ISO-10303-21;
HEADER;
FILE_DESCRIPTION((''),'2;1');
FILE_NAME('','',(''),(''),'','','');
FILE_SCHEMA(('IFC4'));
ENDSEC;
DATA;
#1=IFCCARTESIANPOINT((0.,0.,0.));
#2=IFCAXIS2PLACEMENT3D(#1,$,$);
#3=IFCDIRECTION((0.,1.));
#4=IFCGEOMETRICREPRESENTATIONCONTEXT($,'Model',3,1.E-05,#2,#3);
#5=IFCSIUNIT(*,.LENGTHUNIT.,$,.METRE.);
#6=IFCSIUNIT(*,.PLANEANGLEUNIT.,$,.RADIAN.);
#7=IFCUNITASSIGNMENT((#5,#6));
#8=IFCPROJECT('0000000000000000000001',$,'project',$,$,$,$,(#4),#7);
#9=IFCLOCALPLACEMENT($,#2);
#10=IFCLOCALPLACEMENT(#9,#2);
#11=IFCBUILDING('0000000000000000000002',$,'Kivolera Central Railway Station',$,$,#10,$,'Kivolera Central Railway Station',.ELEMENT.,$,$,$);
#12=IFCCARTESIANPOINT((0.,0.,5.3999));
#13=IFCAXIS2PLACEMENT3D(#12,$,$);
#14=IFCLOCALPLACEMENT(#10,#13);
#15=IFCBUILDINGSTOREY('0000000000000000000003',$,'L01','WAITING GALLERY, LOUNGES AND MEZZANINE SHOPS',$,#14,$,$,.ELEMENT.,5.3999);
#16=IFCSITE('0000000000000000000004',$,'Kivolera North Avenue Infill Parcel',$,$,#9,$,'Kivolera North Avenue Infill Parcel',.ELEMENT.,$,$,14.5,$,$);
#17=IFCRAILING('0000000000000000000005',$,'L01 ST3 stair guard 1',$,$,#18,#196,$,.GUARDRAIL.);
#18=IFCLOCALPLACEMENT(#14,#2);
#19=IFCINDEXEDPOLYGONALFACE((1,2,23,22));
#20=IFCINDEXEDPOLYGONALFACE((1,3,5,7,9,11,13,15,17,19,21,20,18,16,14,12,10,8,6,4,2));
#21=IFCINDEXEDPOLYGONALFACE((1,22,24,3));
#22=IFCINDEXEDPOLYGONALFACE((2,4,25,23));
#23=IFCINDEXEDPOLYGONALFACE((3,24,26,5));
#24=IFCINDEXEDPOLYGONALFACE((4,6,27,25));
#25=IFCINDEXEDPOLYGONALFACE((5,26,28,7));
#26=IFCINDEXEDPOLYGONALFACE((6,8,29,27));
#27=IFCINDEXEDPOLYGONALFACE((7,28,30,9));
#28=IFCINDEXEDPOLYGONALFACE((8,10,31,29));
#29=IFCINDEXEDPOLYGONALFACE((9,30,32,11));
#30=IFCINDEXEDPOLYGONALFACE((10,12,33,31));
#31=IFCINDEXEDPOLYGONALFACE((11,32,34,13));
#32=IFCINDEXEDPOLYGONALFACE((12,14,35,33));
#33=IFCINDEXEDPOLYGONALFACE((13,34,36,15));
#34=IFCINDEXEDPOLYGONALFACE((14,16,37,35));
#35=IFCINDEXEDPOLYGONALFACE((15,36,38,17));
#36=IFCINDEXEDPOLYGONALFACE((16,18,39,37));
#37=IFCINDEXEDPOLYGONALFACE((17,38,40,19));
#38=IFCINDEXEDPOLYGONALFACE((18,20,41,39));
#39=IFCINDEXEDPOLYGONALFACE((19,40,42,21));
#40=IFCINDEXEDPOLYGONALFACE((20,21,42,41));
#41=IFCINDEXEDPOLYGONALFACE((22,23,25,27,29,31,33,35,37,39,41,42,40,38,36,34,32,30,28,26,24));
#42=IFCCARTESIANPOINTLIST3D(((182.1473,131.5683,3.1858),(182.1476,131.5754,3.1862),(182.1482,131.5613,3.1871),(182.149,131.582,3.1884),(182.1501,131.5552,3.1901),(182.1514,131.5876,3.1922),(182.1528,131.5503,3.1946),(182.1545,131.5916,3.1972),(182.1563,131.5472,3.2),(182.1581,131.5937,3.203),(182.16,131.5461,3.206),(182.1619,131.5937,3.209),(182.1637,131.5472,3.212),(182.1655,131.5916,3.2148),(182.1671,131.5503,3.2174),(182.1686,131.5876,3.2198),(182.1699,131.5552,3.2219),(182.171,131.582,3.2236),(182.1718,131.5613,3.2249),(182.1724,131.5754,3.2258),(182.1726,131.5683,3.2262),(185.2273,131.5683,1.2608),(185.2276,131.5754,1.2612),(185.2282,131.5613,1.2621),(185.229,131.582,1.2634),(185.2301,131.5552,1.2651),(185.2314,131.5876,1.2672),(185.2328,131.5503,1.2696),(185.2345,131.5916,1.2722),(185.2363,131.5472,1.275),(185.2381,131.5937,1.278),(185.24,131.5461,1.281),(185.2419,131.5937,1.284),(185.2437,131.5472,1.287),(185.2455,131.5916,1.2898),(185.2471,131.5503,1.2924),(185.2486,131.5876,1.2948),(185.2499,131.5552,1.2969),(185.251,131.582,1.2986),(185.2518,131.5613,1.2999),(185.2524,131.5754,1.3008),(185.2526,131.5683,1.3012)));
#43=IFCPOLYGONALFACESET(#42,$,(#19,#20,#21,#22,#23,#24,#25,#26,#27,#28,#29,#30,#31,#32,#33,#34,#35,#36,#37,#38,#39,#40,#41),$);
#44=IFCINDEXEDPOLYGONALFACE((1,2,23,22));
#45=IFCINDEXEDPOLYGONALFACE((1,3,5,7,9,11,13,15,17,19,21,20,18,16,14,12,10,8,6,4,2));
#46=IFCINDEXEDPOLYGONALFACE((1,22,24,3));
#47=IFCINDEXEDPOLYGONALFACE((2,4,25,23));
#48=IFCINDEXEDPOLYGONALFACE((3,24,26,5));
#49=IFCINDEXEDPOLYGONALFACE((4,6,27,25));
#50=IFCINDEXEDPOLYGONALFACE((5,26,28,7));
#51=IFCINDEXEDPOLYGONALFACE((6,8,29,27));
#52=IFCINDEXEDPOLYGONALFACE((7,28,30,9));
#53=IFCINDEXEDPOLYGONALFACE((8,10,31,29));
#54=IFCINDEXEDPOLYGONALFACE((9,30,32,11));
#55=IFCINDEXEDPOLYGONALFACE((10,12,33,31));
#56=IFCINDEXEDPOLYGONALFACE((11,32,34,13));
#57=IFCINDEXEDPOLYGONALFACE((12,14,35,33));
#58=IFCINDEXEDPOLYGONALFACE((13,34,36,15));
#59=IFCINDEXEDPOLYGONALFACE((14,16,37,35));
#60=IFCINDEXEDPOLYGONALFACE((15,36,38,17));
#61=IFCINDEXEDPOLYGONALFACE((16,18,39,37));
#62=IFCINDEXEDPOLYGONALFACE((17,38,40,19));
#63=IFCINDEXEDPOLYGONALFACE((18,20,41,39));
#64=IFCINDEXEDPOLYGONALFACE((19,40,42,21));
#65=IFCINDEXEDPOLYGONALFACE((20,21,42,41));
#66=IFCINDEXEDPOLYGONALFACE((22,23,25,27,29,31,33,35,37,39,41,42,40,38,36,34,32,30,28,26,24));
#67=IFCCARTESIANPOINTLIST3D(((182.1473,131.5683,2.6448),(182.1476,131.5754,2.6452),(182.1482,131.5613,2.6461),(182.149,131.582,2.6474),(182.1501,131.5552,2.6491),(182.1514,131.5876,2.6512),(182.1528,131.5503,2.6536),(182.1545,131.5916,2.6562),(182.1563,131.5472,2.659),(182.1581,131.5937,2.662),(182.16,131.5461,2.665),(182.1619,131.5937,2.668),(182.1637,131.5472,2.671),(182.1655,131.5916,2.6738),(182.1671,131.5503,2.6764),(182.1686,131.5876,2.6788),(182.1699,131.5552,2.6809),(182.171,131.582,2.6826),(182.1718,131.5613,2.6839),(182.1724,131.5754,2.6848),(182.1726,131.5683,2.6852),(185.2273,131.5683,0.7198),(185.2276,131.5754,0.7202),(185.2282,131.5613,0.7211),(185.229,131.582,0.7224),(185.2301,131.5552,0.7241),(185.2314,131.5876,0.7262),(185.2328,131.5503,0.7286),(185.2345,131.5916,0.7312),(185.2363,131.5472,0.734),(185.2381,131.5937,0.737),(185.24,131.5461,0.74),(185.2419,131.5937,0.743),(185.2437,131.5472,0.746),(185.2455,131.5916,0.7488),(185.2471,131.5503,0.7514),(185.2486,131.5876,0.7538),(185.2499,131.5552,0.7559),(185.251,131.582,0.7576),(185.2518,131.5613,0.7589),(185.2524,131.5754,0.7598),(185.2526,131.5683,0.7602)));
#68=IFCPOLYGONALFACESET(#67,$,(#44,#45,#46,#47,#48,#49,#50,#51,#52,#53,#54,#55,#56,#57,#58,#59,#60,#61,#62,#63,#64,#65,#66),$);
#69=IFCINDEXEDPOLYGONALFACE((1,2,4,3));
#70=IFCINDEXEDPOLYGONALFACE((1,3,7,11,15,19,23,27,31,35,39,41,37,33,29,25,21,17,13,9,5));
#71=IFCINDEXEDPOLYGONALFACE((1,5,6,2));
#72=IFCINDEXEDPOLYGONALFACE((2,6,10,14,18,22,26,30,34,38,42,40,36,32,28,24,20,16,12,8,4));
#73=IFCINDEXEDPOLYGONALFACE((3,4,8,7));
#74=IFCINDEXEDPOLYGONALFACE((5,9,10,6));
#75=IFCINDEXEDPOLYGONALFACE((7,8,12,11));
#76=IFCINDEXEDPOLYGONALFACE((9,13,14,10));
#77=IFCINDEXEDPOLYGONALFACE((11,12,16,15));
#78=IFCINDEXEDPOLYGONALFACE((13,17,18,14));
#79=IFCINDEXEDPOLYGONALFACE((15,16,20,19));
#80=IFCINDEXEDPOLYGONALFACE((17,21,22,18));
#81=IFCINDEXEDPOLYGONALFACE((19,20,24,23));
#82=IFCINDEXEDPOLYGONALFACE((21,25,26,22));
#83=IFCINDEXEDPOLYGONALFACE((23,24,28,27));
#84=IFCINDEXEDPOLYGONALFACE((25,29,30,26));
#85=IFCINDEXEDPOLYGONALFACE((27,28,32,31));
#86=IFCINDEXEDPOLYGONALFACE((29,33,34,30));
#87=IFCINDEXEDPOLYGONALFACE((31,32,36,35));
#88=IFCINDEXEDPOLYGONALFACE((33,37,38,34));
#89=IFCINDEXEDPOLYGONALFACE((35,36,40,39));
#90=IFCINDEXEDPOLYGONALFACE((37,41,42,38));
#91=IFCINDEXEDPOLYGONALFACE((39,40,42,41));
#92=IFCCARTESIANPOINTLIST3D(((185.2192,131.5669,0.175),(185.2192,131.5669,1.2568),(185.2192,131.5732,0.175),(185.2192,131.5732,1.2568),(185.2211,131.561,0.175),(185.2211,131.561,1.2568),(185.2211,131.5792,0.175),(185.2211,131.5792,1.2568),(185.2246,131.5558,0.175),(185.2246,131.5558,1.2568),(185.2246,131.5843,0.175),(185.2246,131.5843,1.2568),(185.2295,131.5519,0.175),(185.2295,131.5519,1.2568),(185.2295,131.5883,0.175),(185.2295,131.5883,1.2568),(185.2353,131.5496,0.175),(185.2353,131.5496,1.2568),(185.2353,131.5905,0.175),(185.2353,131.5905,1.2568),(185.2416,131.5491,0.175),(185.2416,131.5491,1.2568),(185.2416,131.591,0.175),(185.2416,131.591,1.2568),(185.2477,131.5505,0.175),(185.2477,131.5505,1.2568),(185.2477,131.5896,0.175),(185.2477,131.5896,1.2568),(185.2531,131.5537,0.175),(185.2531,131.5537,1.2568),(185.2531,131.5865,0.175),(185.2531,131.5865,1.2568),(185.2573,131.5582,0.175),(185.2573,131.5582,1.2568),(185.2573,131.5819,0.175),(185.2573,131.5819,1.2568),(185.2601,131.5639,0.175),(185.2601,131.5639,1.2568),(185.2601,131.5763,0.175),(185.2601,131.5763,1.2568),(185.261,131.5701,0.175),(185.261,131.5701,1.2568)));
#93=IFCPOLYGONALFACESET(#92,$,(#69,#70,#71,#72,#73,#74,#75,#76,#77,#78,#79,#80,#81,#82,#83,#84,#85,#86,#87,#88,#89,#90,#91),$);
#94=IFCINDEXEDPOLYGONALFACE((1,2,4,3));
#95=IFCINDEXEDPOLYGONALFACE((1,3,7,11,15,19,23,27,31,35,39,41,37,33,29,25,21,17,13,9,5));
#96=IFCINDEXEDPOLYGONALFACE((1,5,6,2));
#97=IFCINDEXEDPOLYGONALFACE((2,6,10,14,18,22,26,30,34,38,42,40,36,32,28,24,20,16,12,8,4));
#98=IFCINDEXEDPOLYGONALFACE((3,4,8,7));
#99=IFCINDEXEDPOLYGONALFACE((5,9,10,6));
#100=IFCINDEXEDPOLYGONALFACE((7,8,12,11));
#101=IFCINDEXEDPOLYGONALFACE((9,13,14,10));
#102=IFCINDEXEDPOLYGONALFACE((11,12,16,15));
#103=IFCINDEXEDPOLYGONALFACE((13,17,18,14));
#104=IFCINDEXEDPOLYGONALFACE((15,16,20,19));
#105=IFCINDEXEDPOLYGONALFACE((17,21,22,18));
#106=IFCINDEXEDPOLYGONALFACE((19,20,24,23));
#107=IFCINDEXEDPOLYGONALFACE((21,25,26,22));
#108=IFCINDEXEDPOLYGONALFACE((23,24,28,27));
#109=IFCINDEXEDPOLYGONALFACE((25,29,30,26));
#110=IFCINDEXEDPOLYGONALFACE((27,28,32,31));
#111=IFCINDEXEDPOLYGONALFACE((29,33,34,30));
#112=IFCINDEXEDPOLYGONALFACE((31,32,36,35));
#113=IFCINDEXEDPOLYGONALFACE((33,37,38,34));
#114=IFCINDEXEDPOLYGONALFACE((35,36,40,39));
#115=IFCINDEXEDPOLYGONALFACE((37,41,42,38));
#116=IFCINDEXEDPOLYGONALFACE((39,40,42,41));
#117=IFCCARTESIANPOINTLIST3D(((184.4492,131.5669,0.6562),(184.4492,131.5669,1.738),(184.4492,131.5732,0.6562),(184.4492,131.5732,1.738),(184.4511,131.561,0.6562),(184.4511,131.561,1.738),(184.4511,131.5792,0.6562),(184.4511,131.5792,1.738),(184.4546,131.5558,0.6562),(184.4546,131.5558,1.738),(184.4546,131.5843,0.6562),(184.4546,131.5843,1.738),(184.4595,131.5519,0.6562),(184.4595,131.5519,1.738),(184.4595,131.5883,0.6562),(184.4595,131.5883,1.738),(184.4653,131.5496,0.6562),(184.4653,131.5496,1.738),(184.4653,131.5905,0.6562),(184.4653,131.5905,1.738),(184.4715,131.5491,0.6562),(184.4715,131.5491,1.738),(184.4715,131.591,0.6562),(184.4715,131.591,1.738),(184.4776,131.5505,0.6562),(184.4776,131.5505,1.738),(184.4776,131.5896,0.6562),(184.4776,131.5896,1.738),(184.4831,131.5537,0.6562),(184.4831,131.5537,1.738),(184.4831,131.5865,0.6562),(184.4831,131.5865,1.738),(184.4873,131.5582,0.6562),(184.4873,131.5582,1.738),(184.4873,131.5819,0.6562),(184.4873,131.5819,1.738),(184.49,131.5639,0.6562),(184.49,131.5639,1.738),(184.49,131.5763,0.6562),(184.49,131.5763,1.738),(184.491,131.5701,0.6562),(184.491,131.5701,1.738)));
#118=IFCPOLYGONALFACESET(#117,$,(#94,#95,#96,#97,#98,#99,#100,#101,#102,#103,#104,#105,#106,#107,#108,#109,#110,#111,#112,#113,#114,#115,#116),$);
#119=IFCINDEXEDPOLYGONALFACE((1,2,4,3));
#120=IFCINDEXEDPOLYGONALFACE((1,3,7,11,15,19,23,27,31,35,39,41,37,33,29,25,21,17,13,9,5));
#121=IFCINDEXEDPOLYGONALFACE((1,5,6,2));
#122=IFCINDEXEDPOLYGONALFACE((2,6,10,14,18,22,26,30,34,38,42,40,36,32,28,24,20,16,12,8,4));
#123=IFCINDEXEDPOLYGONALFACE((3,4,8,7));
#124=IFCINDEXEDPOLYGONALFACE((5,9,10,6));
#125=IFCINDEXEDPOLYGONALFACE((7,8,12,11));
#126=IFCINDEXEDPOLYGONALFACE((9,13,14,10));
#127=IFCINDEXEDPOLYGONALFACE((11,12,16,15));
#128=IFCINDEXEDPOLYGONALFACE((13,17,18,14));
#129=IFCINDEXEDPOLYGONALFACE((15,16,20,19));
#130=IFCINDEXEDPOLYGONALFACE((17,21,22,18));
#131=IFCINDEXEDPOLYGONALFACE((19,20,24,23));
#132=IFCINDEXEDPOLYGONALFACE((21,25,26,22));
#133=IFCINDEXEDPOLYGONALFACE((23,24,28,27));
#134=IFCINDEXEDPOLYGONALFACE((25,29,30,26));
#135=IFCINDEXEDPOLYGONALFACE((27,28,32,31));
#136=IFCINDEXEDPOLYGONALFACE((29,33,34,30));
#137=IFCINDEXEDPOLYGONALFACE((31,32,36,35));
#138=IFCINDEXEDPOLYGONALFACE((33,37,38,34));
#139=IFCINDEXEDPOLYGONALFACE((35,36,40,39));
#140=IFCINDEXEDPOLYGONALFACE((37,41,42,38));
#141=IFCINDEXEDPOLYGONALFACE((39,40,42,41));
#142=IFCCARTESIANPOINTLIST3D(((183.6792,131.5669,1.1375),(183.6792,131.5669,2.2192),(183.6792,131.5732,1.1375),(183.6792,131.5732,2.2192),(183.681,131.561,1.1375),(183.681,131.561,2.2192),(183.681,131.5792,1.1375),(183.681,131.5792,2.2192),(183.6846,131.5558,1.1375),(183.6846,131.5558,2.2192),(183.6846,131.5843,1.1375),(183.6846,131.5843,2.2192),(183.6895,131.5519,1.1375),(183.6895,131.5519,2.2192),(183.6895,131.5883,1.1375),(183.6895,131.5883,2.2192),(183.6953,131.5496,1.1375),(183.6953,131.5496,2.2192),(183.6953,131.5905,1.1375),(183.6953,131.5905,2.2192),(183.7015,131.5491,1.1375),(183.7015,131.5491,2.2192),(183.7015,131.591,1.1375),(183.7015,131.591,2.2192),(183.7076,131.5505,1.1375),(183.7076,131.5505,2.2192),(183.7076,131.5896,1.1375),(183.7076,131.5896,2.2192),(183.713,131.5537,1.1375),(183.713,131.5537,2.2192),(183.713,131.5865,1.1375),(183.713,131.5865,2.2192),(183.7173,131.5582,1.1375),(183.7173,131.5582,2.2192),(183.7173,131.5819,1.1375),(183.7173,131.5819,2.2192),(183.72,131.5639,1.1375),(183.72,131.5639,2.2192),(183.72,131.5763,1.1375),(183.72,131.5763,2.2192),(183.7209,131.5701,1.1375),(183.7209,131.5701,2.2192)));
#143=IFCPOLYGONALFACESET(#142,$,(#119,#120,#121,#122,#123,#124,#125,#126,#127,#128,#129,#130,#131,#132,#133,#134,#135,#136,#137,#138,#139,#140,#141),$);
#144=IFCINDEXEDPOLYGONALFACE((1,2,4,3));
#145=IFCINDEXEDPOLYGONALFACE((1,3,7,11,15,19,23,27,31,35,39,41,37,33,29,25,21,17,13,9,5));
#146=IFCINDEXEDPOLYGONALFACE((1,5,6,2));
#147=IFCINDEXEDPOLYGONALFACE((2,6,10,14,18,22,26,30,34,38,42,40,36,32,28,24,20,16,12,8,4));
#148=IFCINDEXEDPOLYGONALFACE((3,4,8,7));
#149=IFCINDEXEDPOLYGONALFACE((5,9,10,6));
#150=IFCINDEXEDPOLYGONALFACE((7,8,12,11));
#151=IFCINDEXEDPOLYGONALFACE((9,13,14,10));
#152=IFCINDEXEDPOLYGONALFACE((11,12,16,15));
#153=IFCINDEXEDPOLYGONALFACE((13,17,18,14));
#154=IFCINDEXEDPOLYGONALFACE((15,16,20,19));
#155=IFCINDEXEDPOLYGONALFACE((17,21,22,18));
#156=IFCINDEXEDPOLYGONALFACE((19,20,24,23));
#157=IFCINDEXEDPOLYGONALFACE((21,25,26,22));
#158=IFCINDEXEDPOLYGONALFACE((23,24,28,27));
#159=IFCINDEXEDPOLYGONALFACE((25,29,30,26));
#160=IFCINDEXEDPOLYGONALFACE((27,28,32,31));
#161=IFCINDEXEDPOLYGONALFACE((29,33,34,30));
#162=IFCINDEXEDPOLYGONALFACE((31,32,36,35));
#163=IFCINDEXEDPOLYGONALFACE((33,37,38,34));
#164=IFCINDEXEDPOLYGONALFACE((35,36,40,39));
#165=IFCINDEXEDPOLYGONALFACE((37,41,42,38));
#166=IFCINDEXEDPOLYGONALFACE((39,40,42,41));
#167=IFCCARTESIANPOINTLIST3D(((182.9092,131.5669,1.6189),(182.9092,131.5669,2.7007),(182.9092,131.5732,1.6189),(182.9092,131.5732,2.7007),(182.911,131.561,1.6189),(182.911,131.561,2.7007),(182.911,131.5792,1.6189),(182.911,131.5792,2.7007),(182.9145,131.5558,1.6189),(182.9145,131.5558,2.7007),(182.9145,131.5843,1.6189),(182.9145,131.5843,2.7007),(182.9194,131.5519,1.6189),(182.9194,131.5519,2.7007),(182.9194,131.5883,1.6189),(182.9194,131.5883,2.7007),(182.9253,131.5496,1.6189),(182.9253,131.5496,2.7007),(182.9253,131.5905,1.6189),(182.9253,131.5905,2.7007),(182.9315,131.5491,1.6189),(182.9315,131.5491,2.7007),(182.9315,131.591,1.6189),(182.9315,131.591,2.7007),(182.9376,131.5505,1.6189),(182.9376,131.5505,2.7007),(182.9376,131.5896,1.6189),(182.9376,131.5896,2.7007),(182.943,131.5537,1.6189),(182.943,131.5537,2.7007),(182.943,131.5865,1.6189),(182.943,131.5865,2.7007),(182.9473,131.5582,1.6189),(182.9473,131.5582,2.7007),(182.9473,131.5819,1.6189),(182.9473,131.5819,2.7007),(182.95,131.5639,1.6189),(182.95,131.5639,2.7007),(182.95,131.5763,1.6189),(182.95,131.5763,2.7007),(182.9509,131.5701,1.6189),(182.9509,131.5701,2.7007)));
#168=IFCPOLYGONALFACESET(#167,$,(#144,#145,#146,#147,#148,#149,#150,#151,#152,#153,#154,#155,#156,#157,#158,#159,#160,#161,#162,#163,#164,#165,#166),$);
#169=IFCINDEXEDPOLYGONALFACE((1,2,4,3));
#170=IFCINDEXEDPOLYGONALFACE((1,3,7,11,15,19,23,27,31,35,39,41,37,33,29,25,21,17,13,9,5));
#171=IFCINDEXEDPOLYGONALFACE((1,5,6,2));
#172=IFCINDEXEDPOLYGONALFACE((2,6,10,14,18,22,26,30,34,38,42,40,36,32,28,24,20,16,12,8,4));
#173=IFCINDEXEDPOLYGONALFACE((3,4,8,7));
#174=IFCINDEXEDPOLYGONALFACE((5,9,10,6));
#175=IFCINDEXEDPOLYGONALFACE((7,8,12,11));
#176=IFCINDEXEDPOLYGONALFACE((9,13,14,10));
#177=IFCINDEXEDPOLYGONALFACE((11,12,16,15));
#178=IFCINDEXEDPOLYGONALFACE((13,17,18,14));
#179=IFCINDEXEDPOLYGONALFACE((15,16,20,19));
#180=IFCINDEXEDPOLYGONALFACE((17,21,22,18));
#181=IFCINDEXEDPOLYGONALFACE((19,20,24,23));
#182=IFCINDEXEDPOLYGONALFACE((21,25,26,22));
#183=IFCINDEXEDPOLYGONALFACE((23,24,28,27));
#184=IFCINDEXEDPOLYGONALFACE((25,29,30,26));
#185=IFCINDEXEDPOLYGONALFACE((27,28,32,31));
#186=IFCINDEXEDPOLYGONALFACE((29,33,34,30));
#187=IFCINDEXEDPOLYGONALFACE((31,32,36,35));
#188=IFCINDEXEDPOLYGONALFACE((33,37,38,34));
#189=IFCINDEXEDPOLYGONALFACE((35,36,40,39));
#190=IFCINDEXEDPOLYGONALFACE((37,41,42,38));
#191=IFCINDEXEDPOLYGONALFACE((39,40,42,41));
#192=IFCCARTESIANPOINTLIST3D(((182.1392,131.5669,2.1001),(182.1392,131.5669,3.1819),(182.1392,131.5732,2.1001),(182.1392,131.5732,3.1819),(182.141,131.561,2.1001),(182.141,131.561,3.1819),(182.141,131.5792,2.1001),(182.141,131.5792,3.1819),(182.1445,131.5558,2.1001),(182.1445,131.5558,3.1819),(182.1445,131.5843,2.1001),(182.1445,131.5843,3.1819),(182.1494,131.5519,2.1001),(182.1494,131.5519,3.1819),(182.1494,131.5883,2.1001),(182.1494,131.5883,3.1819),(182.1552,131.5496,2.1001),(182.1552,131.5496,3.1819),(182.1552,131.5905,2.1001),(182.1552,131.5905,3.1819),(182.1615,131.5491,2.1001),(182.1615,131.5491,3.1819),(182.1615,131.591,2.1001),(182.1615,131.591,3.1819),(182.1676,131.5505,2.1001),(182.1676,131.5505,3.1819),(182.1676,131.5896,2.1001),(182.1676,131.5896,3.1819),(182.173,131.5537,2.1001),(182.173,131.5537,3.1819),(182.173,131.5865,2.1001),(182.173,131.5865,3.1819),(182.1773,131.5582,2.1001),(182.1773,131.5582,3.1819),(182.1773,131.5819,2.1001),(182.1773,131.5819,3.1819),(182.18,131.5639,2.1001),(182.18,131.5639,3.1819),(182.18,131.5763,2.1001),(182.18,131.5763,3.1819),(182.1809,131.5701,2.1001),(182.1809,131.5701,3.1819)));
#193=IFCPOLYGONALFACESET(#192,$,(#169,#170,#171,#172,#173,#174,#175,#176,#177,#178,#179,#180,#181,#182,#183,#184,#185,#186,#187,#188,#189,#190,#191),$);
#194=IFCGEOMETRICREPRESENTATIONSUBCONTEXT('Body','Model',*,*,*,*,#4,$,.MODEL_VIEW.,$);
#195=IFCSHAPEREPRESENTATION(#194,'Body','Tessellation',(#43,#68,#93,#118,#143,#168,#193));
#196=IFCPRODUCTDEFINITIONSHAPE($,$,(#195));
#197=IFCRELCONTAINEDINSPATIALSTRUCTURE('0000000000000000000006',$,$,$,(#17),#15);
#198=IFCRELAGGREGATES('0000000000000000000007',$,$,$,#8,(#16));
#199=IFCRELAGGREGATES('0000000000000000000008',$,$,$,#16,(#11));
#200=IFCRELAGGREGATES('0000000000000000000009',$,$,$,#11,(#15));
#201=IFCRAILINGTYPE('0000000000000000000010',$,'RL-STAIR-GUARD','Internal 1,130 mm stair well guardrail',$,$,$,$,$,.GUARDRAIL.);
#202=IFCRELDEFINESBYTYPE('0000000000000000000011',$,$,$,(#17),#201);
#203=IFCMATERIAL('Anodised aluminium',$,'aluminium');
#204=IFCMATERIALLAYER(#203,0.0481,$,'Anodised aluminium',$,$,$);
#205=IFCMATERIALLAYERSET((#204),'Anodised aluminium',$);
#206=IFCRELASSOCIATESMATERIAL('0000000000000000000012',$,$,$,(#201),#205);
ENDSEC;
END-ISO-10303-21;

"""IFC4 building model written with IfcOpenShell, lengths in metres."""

from ifc_helpers import new_model, si_unit, direction, frame, origin, origin_2d, place, context, subcontext, project, spatial, circle, extrude, material, layer, layer_set, type_object, element, save


model = new_model("IFC4")

# Units and contexts
model_context = context("Model", 3, precision=1e-05, world=origin(), true_north=direction((0.0, 1.0)))
body_context = subcontext(model_context, "Body", "Model", "MODEL_VIEW")
ifc_project = project(units=[si_unit("LENGTHUNIT", "METRE"), si_unit("PLANEANGLEUNIT", "RADIAN")], contexts=[model_context])

# Site, building, storey
site_placement = place(None, origin())
site = spatial("IfcSite", under=ifc_project, at=site_placement, Name="Kivolera North Avenue Infill Parcel", LongName="Kivolera North Avenue Infill Parcel", CompositionType="ELEMENT", RefElevation=14.5)
building_placement = place(site_placement, origin())
building = spatial("IfcBuilding", under=site, at=building_placement, Name="Kivolera Central Railway Station", LongName="Kivolera Central Railway Station", CompositionType="ELEMENT")
storey_placement = place(building_placement, frame((0.0, 0.0, 5.3999)))
storey = spatial("IfcBuildingStorey", under=building, at=storey_placement, Name="L01", Description="WAITING GALLERY, LOUNGES AND MEZZANINE SHOPS", CompositionType="ELEMENT", Elevation=5.3999)

# Shared definitions
ifc_material_1 = material(Name="Anodised aluminium", Category="aluminium")

# Railing
ifc_layer_1 = layer(ifc_material_1, 0.0481, Name="Anodised aluminium")
ifc_layer_set_1 = layer_set([ifc_layer_1], Name="Anodised aluminium")
railing_type_1 = type_object("IfcRailingType", Name="RL-STAIR-GUARD", Description="Internal 1,130 mm stair well guardrail", PredefinedType="GUARDRAIL", material=ifc_layer_set_1)
railing_1_placement = place(storey_placement, frame((185.24, 131.5701, 0.175)))
element("IfcRailing", 1, at=railing_1_placement, inside=storey, type_object=railing_type_1, Name="L01 ST3 stair guard 1", PredefinedType="GUARDRAIL", context=body_context, shape_type="SweptSolid", body=[
    extrude(circle(Radius=0.0239, at=origin_2d()), frame((0.0, 0.0, 1.106), z_axis=(-0.847998, 0.0, 0.529999), x_axis=(0.0, -1.0, 0.0)), (0.0, 0.0, 1.0), 3.6321),
    extrude(circle(Radius=0.0239, at=origin_2d()), frame((0.0, 0.0, 0.5649), z_axis=(-0.847998, 0.0, 0.529999), x_axis=(0.0, -1.0, 0.0)), (0.0, 0.0, 1.0), 3.6321),
    extrude(circle(Radius=0.021, at=origin_2d()), origin(), (0.0, 0.0, 1.0), 1.0818),
    extrude(circle(Radius=0.021, at=origin_2d()), frame((-0.77, 0.0, 0.4812)), (0.0, 0.0, 1.0), 1.0818),
    extrude(circle(Radius=0.021, at=origin_2d()), frame((-1.54, 0.0, 0.9624)), (0.0, 0.0, 1.0), 1.0818),
    extrude(circle(Radius=0.021, at=origin_2d()), frame((-2.3101, 0.0, 1.4438)), (0.0, 0.0, 1.0), 1.0818),
    extrude(circle(Radius=0.021, at=origin_2d()), frame((-3.0801, 0.0, 1.925)), (0.0, 0.0, 1.0), 1.0818),
])

save(model, "model.ifc")
